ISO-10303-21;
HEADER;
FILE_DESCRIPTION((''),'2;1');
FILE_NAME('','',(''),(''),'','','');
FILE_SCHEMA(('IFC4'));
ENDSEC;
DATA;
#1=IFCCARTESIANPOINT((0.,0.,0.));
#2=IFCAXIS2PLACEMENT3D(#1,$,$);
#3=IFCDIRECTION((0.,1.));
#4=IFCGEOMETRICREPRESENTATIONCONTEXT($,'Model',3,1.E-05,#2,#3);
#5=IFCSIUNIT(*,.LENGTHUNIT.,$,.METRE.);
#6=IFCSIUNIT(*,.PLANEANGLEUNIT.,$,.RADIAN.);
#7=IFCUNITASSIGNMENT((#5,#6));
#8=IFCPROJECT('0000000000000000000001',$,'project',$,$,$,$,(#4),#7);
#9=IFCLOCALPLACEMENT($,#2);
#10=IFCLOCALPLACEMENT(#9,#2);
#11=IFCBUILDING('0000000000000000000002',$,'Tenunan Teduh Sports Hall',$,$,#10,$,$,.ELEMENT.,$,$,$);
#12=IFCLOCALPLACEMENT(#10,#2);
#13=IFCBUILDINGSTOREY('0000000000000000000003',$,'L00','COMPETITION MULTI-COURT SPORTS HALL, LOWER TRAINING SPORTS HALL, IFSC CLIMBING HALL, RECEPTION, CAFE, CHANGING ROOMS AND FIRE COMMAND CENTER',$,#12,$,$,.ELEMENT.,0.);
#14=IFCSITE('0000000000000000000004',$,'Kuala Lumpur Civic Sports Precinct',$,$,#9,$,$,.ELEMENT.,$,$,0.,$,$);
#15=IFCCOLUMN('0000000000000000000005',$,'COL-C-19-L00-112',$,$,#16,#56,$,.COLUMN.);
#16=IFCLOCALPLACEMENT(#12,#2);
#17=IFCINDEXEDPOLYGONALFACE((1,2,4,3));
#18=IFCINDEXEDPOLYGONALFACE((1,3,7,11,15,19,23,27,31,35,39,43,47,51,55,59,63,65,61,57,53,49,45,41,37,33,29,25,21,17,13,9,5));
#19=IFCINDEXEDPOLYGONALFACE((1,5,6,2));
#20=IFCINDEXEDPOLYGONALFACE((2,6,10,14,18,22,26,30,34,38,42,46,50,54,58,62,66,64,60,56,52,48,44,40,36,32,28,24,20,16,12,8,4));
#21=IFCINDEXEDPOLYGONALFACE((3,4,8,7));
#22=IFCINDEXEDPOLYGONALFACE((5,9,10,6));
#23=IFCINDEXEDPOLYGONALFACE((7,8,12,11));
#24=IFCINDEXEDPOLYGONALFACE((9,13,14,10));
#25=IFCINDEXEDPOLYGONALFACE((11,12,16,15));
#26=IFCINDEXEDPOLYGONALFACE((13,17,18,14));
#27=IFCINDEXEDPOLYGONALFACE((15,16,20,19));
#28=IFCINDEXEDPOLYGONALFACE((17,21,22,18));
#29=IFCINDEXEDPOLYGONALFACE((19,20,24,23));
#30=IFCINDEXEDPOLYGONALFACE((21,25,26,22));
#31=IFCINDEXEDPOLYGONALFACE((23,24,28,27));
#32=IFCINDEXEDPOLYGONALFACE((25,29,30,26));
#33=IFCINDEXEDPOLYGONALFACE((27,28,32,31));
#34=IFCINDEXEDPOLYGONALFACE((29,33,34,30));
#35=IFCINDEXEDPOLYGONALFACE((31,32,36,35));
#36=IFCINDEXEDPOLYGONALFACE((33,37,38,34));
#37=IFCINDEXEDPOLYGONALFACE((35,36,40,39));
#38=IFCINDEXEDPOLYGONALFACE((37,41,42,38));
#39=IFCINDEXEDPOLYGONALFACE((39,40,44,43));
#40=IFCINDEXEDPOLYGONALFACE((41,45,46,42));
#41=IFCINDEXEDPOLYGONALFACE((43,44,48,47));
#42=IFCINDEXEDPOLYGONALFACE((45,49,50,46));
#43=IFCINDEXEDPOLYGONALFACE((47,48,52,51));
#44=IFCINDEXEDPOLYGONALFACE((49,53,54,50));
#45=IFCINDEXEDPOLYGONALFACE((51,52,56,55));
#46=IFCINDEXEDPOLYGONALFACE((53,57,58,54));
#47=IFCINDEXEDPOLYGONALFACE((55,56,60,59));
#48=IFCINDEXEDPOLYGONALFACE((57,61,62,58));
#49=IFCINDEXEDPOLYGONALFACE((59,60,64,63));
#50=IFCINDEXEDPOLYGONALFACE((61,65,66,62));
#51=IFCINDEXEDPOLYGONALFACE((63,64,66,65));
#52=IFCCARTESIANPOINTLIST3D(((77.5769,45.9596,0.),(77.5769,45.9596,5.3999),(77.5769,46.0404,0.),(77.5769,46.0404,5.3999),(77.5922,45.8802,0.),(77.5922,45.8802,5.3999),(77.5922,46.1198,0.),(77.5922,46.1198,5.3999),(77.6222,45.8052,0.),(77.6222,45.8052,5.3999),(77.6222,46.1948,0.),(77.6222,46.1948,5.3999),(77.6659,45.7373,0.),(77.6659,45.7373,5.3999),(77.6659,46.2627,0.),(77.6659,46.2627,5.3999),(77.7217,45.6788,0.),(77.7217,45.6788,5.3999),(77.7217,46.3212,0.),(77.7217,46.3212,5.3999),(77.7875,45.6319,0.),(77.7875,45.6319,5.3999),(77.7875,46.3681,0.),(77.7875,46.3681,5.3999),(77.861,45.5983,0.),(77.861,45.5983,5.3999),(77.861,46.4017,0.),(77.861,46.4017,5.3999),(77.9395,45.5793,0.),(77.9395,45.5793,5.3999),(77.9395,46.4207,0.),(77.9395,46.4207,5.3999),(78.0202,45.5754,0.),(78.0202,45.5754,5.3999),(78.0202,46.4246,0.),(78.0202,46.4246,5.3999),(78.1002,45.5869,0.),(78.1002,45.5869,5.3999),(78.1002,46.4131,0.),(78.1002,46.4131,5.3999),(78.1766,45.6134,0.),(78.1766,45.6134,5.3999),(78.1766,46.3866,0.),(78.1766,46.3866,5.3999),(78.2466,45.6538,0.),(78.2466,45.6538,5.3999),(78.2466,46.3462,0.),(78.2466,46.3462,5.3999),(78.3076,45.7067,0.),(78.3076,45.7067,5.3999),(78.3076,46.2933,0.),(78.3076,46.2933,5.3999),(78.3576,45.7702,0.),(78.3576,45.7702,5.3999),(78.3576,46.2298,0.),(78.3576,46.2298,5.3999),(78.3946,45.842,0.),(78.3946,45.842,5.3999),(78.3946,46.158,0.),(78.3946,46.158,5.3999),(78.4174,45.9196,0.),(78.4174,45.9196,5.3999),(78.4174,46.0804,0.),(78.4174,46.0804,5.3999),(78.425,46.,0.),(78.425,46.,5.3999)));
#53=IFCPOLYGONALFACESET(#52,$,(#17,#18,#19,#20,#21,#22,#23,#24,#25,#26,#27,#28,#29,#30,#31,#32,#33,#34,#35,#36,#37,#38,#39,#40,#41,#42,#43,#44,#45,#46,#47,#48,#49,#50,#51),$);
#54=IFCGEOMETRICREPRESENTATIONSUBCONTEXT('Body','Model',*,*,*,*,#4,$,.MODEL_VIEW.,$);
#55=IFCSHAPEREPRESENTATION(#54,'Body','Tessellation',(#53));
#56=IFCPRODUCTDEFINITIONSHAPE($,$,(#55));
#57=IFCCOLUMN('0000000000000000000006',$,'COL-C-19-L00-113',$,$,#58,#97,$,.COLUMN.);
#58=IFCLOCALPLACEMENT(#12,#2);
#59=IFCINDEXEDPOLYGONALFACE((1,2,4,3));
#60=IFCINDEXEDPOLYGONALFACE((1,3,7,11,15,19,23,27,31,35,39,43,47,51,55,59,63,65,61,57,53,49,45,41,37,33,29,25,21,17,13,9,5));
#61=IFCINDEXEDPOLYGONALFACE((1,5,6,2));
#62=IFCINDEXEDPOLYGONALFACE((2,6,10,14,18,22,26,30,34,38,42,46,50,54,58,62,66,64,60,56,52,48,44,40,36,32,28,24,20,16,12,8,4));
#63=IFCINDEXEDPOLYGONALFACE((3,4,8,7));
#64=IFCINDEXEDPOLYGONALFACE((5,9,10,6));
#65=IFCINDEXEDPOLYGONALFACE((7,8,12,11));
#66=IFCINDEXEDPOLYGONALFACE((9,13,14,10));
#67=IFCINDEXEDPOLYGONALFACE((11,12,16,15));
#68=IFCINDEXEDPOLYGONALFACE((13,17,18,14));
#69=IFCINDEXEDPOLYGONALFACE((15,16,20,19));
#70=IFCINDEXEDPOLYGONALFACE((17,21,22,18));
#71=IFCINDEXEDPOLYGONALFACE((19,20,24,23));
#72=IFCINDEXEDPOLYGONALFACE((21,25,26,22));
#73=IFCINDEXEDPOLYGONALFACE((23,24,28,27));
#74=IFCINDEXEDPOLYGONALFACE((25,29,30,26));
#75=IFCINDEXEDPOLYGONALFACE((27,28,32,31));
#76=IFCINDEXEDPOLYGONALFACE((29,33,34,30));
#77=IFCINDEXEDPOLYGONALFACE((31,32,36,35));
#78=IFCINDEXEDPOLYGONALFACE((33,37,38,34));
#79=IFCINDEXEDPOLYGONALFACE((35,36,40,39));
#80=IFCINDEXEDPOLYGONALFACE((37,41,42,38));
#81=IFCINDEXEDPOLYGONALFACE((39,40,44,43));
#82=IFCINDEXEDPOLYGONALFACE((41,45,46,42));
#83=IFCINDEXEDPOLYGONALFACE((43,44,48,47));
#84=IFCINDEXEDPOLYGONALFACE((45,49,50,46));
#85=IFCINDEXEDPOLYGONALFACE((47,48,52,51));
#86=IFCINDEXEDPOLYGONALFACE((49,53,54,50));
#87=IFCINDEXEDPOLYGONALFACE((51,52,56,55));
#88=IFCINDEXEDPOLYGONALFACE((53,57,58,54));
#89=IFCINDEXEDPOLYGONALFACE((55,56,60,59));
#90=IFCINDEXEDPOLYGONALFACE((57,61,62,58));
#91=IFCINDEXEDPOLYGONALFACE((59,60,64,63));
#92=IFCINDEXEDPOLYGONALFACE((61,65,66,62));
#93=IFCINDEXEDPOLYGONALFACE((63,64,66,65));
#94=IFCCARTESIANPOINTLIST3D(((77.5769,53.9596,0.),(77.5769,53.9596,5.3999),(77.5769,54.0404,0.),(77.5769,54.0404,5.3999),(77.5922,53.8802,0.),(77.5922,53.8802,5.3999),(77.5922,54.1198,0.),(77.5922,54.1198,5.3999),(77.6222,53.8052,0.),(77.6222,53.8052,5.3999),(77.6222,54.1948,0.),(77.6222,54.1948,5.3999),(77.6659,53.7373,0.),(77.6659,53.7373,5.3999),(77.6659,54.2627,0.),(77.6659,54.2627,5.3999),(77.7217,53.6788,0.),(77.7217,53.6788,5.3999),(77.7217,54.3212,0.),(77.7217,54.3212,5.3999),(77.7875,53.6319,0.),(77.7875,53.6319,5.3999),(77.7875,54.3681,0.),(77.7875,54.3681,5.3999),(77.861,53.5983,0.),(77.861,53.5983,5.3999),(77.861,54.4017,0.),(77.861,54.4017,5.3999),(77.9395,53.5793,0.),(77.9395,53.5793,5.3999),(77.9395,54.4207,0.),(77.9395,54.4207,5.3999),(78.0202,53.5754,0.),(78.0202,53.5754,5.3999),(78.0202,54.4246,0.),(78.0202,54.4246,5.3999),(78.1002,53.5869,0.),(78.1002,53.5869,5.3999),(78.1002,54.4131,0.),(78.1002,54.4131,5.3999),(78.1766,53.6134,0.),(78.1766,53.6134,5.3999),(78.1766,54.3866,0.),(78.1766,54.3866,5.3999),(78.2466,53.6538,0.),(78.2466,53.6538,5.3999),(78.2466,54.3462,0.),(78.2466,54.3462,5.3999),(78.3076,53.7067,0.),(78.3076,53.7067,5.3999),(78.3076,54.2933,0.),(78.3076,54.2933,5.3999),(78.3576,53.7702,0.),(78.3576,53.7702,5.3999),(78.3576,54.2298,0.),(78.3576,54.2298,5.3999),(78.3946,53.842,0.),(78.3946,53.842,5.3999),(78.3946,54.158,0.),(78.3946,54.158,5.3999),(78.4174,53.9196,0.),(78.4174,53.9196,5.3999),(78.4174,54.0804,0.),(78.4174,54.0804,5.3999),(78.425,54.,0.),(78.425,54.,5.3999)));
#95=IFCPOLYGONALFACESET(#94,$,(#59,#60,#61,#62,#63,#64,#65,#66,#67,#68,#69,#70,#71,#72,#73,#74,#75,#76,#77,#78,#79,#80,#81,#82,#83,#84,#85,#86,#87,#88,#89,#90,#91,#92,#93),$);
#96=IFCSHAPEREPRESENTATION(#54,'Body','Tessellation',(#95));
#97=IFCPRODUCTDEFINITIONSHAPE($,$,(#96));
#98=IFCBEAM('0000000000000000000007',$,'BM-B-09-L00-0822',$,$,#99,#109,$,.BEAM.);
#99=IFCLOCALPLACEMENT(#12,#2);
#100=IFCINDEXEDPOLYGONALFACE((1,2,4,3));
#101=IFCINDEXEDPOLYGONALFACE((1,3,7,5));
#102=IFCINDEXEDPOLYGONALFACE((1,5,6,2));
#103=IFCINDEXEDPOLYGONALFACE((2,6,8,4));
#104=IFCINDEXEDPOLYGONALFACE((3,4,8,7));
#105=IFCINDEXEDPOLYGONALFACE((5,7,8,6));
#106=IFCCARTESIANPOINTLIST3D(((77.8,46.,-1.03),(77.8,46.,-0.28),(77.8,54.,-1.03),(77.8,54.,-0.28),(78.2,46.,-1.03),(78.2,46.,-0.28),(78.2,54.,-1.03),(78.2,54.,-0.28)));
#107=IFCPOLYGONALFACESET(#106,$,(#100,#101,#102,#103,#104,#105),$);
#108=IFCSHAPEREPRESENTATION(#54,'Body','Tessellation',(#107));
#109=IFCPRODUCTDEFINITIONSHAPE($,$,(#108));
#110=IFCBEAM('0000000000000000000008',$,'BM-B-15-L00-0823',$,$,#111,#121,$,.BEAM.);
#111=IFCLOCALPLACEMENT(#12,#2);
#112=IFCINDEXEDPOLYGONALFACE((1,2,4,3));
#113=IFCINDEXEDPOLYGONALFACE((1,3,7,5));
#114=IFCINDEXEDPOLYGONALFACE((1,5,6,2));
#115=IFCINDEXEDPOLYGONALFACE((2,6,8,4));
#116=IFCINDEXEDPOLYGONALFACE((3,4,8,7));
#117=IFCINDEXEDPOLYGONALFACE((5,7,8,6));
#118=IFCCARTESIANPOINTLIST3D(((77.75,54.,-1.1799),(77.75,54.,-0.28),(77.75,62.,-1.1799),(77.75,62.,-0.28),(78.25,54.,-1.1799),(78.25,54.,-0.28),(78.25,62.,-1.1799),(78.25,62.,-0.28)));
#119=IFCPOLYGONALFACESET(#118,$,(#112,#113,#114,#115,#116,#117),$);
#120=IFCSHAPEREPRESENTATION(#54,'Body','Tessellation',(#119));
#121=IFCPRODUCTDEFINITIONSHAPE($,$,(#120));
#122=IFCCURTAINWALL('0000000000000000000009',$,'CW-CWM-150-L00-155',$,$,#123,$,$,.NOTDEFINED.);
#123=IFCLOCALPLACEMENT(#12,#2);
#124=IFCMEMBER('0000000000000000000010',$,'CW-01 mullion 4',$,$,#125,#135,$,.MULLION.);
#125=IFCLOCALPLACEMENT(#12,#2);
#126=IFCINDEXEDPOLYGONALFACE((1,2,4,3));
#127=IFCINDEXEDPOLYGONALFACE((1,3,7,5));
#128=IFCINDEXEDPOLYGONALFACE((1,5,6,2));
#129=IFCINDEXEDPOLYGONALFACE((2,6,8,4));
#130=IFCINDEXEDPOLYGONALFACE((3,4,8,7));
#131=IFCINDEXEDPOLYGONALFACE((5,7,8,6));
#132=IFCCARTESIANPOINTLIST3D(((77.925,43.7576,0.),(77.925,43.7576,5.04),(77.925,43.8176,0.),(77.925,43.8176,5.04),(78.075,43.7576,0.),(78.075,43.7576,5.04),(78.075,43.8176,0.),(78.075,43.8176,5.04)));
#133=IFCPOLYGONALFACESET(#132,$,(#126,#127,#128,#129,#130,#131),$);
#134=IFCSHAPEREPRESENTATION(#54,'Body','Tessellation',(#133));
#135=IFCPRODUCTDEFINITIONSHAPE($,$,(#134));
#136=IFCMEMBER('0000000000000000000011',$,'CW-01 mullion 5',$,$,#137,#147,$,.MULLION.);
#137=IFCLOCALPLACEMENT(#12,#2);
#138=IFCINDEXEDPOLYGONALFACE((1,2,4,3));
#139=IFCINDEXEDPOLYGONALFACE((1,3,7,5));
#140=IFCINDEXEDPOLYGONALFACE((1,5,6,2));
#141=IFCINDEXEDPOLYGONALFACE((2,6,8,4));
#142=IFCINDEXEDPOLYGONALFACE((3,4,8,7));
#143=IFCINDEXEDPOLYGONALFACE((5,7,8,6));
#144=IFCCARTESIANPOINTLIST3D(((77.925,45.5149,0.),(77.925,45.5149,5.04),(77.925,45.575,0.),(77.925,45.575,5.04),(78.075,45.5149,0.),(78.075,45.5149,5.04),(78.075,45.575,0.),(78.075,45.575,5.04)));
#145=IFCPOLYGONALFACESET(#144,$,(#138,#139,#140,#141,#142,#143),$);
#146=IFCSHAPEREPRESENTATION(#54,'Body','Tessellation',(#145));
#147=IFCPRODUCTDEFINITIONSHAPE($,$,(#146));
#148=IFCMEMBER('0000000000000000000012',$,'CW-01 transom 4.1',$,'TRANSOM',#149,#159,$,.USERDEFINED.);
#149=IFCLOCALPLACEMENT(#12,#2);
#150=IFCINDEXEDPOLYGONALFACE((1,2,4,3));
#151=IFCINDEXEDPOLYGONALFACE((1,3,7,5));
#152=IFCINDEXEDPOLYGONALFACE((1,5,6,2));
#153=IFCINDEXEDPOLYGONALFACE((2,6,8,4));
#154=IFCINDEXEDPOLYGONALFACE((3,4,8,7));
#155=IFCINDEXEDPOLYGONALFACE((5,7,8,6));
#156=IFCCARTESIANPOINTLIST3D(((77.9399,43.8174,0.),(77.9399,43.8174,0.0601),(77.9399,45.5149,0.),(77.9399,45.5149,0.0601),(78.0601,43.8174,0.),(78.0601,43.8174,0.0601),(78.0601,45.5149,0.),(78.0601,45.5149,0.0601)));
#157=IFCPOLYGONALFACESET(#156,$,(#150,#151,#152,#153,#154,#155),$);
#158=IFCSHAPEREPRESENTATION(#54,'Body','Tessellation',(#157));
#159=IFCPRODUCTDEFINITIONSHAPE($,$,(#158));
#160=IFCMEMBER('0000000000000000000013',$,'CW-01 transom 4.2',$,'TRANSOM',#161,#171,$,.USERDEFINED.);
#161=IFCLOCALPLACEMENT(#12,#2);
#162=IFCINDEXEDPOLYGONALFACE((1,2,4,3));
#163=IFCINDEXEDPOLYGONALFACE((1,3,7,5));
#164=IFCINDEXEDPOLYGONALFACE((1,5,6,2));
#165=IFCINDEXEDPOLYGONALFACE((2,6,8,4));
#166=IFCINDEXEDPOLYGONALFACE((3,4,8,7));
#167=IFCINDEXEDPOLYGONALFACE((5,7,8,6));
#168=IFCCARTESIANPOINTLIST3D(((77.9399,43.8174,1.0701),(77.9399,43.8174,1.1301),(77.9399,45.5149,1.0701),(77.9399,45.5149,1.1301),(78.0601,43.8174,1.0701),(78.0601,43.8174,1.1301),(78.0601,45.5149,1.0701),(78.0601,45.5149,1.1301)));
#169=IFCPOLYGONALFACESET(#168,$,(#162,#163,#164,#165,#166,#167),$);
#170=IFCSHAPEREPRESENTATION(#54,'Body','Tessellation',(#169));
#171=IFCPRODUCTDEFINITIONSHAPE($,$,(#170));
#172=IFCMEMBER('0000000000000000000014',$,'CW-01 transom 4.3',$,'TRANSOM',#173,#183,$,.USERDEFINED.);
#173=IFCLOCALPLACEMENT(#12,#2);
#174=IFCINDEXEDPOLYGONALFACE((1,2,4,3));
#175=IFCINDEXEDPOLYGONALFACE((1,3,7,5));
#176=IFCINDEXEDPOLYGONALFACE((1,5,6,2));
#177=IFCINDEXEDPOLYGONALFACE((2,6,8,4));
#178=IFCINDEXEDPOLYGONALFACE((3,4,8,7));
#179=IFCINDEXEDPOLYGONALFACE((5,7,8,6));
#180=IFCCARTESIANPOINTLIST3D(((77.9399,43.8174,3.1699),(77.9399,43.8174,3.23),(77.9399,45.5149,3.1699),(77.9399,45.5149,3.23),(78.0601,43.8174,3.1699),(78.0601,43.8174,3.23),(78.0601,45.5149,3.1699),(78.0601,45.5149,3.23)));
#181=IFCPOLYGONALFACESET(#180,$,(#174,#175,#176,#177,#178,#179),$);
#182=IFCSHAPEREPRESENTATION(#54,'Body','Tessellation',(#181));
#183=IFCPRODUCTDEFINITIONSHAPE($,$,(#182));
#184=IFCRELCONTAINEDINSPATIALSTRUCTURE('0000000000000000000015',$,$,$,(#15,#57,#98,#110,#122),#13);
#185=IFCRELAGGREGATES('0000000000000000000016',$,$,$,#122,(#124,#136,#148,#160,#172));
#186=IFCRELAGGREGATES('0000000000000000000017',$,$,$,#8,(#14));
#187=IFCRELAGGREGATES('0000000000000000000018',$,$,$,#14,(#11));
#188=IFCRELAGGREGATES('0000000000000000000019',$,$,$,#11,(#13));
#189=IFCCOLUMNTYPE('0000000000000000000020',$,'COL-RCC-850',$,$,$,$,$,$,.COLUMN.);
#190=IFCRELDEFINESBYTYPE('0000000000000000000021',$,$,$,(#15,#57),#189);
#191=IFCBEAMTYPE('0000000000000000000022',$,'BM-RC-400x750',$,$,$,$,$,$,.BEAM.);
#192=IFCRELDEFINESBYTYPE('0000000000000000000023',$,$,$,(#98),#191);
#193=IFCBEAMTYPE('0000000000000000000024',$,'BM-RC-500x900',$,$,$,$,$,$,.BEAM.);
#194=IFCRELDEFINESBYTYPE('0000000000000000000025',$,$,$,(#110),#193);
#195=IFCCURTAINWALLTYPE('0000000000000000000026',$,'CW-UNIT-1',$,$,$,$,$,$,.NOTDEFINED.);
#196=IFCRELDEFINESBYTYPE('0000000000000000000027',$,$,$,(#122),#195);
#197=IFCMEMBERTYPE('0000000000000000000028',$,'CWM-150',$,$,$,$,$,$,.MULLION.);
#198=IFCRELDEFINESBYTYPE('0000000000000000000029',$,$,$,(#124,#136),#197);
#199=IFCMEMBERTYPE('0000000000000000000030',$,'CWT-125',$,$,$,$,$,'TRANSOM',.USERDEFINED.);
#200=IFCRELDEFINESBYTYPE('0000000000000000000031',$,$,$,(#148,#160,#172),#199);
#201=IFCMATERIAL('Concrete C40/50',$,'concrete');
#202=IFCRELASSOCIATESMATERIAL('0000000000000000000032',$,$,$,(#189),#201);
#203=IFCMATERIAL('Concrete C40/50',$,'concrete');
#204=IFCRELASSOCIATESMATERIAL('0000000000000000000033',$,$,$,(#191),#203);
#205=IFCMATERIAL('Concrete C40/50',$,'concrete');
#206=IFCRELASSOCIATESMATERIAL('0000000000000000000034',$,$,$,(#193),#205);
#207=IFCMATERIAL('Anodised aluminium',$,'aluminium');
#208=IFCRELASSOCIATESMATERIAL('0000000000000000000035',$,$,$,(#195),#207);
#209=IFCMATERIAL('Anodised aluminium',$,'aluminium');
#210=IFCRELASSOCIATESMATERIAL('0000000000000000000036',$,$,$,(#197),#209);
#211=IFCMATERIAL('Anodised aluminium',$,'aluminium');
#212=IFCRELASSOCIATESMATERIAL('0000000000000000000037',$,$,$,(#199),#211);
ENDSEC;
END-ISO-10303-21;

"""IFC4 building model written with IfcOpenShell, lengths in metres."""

from ifc_helpers import new_model, si_unit, direction, frame, origin, origin_2d, place, context, subcontext, project, spatial, rectangle, circle, extrude, material, material_profile, profile_set, type_object, element, aggregate, save


model = new_model("IFC4")

# Units and contexts
model_context = context("Model", 3, precision=1e-05, world=origin(), true_north=direction((0.0, 1.0)))
body_context = subcontext(model_context, "Body", "Model", "MODEL_VIEW")
ifc_project = project(units=[si_unit("LENGTHUNIT", "METRE"), si_unit("PLANEANGLEUNIT", "RADIAN")], contexts=[model_context])

# Site, building, storey
site_placement = place(None, origin())
site = spatial("IfcSite", under=ifc_project, at=site_placement, Name="Kuala Lumpur Civic Sports Precinct", CompositionType="ELEMENT", RefElevation=0.0)
building_placement = place(site_placement, origin())
building = spatial("IfcBuilding", under=site, at=building_placement, Name="Tenunan Teduh Sports Hall", CompositionType="ELEMENT")
storey_placement = place(building_placement, origin())
storey = spatial("IfcBuildingStorey", under=building, at=storey_placement, Name="L00", Description="COMPETITION MULTI-COURT SPORTS HALL, LOWER TRAINING SPORTS HALL, IFSC CLIMBING HALL, RECEPTION, CAFE, CHANGING ROOMS AND FIRE COMMAND CENTER", CompositionType="ELEMENT", Elevation=0.0)

# Columns
ifc_material_1 = material(Name="Concrete C40/50", Category="concrete")
ifc_material_profile_1 = material_profile(ifc_material_1, circle(Radius=0.425, at=origin_2d()), Name="RCC D850")
ifc_profile_set_1 = profile_set([ifc_material_profile_1], Name="Concrete C40/50")
column_type = type_object("IfcColumnType", Name="COL-RCC-850", PredefinedType="COLUMN", material=ifc_profile_set_1)
for number, where, z_axis, x_axis, name in (
    (1, (78.0, 46.0, 0.0), (0.0, 0.0, 1.0), (1.0, 0.0, 0.0), "COL-C-19-L00-112"),
    (2, (78.0, 54.0, 0.0), (0.0, 0.0, 1.0), (1.0, 0.0, 0.0), "COL-C-19-L00-113"),
):
    element("IfcColumn", number, at=place(storey_placement, frame(where, z_axis=z_axis, x_axis=x_axis)), inside=storey, type_object=column_type, Name=name, PredefinedType="COLUMN", context=body_context, shape_type="SweptSolid", body=[
        extrude(circle(Radius=0.425, at=origin_2d()), origin(), (0.0, 0.0, 1.0), 5.3999),
    ])

# Beams
ifc_material_2 = material(Name="Concrete C40/50", Category="concrete")
ifc_material_profile_2 = material_profile(ifc_material_2, rectangle(XDim=0.3999, YDim=0.75, at=origin_2d()), Name="RCB 400x750")
ifc_profile_set_2 = profile_set([ifc_material_profile_2], Name="Concrete C40/50")
beam_type_1 = type_object("IfcBeamType", Name="BM-RC-400x750", PredefinedType="BEAM", material=ifc_profile_set_2)
beam_1_placement = place(storey_placement, frame((78.0, 46.0, -0.655), z_axis=(0.0, 1.0, 0.0), x_axis=(-1.0, 0.0, 0.0)))
element("IfcBeam", 3, at=beam_1_placement, inside=storey, type_object=beam_type_1, Name="BM-B-09-L00-0822", PredefinedType="BEAM", context=body_context, shape_type="SweptSolid", body=[
    extrude(rectangle(XDim=0.3999, YDim=0.75, at=origin_2d()), origin(), (0.0, 0.0, 1.0), 8.0),
])
ifc_material_3 = material(Name="Concrete C40/50", Category="concrete")
ifc_material_profile_3 = material_profile(ifc_material_3, rectangle(XDim=0.5, YDim=0.8999, at=origin_2d()), Name="RCB 500x900")
ifc_profile_set_3 = profile_set([ifc_material_profile_3], Name="Concrete C40/50")
beam_type_2 = type_object("IfcBeamType", Name="BM-RC-500x900", PredefinedType="BEAM", material=ifc_profile_set_3)
beam_2_placement = place(storey_placement, frame((78.0, 54.0, -0.73), z_axis=(0.0, 1.0, 0.0), x_axis=(-1.0, 0.0, 0.0)))
element("IfcBeam", 4, at=beam_2_placement, inside=storey, type_object=beam_type_2, Name="BM-B-15-L00-0823", PredefinedType="BEAM", context=body_context, shape_type="SweptSolid", body=[
    extrude(rectangle(XDim=0.5, YDim=0.8999, at=origin_2d()), origin(), (0.0, 0.0, 1.0), 8.0),
])

# Curtain wall, members
ifc_material_4 = material(Name="Anodised aluminium", Category="aluminium")
curtain_wall_type = type_object("IfcCurtainWallType", Name="CW-UNIT-1", PredefinedType="NOTDEFINED", material=ifc_material_4)
curtain_wall_1_placement = place(storey_placement, origin())
curtain_wall_1 = element("IfcCurtainWall", 5, at=curtain_wall_1_placement, inside=storey, type_object=curtain_wall_type, Name="CW-CWM-150-L00-155", PredefinedType="NOTDEFINED")
ifc_material_5 = material(Name="Anodised aluminium", Category="aluminium")
ifc_material_profile_4 = material_profile(ifc_material_5, rectangle(XDim=0.0601, YDim=0.1499, at=origin_2d()), Name="CWM 60x150")
ifc_profile_set_4 = profile_set([ifc_material_profile_4], Name="Anodised aluminium")
member_type_1 = type_object("IfcMemberType", Name="CWM-150", PredefinedType="MULLION", material=ifc_profile_set_4)
member_1_placement = place(storey_placement, frame((78.0, 43.7876, 0.0), z_axis=(0.0, 0.0, 1.0), x_axis=(0.0, 1.0, 0.0)))
member_1 = element("IfcMember", 6, at=member_1_placement, type_object=member_type_1, Name="CW-01 mullion 4", PredefinedType="MULLION", context=body_context, shape_type="SweptSolid", body=[
    extrude(rectangle(XDim=0.0601, YDim=0.1499, at=origin_2d()), origin(), (0.0, 0.0, 1.0), 5.04),
])
member_2_placement = place(storey_placement, frame((78.0, 45.5449, 0.0), z_axis=(0.0, 0.0, 1.0), x_axis=(0.0, 1.0, 0.0)))
member_2 = element("IfcMember", 7, at=member_2_placement, type_object=member_type_1, Name="CW-01 mullion 5", PredefinedType="MULLION", context=body_context, shape_type="SweptSolid", body=[
    extrude(rectangle(XDim=0.0601, YDim=0.1499, at=origin_2d()), origin(), (0.0, 0.0, 1.0), 5.04),
])
ifc_material_6 = material(Name="Anodised aluminium", Category="aluminium")
ifc_material_profile_5 = material_profile(ifc_material_6, rectangle(XDim=0.0601, YDim=0.1201, at=origin_2d()), Name="CWT 60x120")
ifc_profile_set_5 = profile_set([ifc_material_profile_5], Name="Anodised aluminium")
member_type_2 = type_object("IfcMemberType", Name="CWT-125", ElementType="TRANSOM", PredefinedType="USERDEFINED", material=ifc_profile_set_5)
member_3_placement = place(storey_placement, frame((78.0, 43.8174, 0.03), z_axis=(0.0, 1.0, 0.0), x_axis=(0.0, 0.0, 1.0)))
member_3 = element("IfcMember", 8, at=member_3_placement, type_object=member_type_2, Name="CW-01 transom 4.1", ObjectType="TRANSOM", PredefinedType="USERDEFINED", context=body_context, shape_type="SweptSolid", body=[
    extrude(rectangle(XDim=0.0601, YDim=0.1201, at=origin_2d()), origin(), (0.0, 0.0, 1.0), 1.6975),
])
member_4_placement = place(storey_placement, frame((78.0, 43.8174, 1.1001), z_axis=(0.0, 1.0, 0.0), x_axis=(0.0, 0.0, 1.0)))
member_4 = element("IfcMember", 9, at=member_4_placement, type_object=member_type_2, Name="CW-01 transom 4.2", ObjectType="TRANSOM", PredefinedType="USERDEFINED", context=body_context, shape_type="SweptSolid", body=[
    extrude(rectangle(XDim=0.0601, YDim=0.1201, at=origin_2d()), origin(), (0.0, 0.0, 1.0), 1.6975),
])
member_5_placement = place(storey_placement, frame((78.0, 43.8174, 3.2), z_axis=(0.0, 1.0, 0.0), x_axis=(0.0, 0.0, 1.0)))
member_5 = element("IfcMember", 10, at=member_5_placement, type_object=member_type_2, Name="CW-01 transom 4.3", ObjectType="TRANSOM", PredefinedType="USERDEFINED", context=body_context, shape_type="SweptSolid", body=[
    extrude(rectangle(XDim=0.0601, YDim=0.1201, at=origin_2d()), origin(), (0.0, 0.0, 1.0), 1.6975),
])

aggregate(curtain_wall_1, [member_1, member_2, member_3, member_4, member_5])

save(model, "model.ifc")
